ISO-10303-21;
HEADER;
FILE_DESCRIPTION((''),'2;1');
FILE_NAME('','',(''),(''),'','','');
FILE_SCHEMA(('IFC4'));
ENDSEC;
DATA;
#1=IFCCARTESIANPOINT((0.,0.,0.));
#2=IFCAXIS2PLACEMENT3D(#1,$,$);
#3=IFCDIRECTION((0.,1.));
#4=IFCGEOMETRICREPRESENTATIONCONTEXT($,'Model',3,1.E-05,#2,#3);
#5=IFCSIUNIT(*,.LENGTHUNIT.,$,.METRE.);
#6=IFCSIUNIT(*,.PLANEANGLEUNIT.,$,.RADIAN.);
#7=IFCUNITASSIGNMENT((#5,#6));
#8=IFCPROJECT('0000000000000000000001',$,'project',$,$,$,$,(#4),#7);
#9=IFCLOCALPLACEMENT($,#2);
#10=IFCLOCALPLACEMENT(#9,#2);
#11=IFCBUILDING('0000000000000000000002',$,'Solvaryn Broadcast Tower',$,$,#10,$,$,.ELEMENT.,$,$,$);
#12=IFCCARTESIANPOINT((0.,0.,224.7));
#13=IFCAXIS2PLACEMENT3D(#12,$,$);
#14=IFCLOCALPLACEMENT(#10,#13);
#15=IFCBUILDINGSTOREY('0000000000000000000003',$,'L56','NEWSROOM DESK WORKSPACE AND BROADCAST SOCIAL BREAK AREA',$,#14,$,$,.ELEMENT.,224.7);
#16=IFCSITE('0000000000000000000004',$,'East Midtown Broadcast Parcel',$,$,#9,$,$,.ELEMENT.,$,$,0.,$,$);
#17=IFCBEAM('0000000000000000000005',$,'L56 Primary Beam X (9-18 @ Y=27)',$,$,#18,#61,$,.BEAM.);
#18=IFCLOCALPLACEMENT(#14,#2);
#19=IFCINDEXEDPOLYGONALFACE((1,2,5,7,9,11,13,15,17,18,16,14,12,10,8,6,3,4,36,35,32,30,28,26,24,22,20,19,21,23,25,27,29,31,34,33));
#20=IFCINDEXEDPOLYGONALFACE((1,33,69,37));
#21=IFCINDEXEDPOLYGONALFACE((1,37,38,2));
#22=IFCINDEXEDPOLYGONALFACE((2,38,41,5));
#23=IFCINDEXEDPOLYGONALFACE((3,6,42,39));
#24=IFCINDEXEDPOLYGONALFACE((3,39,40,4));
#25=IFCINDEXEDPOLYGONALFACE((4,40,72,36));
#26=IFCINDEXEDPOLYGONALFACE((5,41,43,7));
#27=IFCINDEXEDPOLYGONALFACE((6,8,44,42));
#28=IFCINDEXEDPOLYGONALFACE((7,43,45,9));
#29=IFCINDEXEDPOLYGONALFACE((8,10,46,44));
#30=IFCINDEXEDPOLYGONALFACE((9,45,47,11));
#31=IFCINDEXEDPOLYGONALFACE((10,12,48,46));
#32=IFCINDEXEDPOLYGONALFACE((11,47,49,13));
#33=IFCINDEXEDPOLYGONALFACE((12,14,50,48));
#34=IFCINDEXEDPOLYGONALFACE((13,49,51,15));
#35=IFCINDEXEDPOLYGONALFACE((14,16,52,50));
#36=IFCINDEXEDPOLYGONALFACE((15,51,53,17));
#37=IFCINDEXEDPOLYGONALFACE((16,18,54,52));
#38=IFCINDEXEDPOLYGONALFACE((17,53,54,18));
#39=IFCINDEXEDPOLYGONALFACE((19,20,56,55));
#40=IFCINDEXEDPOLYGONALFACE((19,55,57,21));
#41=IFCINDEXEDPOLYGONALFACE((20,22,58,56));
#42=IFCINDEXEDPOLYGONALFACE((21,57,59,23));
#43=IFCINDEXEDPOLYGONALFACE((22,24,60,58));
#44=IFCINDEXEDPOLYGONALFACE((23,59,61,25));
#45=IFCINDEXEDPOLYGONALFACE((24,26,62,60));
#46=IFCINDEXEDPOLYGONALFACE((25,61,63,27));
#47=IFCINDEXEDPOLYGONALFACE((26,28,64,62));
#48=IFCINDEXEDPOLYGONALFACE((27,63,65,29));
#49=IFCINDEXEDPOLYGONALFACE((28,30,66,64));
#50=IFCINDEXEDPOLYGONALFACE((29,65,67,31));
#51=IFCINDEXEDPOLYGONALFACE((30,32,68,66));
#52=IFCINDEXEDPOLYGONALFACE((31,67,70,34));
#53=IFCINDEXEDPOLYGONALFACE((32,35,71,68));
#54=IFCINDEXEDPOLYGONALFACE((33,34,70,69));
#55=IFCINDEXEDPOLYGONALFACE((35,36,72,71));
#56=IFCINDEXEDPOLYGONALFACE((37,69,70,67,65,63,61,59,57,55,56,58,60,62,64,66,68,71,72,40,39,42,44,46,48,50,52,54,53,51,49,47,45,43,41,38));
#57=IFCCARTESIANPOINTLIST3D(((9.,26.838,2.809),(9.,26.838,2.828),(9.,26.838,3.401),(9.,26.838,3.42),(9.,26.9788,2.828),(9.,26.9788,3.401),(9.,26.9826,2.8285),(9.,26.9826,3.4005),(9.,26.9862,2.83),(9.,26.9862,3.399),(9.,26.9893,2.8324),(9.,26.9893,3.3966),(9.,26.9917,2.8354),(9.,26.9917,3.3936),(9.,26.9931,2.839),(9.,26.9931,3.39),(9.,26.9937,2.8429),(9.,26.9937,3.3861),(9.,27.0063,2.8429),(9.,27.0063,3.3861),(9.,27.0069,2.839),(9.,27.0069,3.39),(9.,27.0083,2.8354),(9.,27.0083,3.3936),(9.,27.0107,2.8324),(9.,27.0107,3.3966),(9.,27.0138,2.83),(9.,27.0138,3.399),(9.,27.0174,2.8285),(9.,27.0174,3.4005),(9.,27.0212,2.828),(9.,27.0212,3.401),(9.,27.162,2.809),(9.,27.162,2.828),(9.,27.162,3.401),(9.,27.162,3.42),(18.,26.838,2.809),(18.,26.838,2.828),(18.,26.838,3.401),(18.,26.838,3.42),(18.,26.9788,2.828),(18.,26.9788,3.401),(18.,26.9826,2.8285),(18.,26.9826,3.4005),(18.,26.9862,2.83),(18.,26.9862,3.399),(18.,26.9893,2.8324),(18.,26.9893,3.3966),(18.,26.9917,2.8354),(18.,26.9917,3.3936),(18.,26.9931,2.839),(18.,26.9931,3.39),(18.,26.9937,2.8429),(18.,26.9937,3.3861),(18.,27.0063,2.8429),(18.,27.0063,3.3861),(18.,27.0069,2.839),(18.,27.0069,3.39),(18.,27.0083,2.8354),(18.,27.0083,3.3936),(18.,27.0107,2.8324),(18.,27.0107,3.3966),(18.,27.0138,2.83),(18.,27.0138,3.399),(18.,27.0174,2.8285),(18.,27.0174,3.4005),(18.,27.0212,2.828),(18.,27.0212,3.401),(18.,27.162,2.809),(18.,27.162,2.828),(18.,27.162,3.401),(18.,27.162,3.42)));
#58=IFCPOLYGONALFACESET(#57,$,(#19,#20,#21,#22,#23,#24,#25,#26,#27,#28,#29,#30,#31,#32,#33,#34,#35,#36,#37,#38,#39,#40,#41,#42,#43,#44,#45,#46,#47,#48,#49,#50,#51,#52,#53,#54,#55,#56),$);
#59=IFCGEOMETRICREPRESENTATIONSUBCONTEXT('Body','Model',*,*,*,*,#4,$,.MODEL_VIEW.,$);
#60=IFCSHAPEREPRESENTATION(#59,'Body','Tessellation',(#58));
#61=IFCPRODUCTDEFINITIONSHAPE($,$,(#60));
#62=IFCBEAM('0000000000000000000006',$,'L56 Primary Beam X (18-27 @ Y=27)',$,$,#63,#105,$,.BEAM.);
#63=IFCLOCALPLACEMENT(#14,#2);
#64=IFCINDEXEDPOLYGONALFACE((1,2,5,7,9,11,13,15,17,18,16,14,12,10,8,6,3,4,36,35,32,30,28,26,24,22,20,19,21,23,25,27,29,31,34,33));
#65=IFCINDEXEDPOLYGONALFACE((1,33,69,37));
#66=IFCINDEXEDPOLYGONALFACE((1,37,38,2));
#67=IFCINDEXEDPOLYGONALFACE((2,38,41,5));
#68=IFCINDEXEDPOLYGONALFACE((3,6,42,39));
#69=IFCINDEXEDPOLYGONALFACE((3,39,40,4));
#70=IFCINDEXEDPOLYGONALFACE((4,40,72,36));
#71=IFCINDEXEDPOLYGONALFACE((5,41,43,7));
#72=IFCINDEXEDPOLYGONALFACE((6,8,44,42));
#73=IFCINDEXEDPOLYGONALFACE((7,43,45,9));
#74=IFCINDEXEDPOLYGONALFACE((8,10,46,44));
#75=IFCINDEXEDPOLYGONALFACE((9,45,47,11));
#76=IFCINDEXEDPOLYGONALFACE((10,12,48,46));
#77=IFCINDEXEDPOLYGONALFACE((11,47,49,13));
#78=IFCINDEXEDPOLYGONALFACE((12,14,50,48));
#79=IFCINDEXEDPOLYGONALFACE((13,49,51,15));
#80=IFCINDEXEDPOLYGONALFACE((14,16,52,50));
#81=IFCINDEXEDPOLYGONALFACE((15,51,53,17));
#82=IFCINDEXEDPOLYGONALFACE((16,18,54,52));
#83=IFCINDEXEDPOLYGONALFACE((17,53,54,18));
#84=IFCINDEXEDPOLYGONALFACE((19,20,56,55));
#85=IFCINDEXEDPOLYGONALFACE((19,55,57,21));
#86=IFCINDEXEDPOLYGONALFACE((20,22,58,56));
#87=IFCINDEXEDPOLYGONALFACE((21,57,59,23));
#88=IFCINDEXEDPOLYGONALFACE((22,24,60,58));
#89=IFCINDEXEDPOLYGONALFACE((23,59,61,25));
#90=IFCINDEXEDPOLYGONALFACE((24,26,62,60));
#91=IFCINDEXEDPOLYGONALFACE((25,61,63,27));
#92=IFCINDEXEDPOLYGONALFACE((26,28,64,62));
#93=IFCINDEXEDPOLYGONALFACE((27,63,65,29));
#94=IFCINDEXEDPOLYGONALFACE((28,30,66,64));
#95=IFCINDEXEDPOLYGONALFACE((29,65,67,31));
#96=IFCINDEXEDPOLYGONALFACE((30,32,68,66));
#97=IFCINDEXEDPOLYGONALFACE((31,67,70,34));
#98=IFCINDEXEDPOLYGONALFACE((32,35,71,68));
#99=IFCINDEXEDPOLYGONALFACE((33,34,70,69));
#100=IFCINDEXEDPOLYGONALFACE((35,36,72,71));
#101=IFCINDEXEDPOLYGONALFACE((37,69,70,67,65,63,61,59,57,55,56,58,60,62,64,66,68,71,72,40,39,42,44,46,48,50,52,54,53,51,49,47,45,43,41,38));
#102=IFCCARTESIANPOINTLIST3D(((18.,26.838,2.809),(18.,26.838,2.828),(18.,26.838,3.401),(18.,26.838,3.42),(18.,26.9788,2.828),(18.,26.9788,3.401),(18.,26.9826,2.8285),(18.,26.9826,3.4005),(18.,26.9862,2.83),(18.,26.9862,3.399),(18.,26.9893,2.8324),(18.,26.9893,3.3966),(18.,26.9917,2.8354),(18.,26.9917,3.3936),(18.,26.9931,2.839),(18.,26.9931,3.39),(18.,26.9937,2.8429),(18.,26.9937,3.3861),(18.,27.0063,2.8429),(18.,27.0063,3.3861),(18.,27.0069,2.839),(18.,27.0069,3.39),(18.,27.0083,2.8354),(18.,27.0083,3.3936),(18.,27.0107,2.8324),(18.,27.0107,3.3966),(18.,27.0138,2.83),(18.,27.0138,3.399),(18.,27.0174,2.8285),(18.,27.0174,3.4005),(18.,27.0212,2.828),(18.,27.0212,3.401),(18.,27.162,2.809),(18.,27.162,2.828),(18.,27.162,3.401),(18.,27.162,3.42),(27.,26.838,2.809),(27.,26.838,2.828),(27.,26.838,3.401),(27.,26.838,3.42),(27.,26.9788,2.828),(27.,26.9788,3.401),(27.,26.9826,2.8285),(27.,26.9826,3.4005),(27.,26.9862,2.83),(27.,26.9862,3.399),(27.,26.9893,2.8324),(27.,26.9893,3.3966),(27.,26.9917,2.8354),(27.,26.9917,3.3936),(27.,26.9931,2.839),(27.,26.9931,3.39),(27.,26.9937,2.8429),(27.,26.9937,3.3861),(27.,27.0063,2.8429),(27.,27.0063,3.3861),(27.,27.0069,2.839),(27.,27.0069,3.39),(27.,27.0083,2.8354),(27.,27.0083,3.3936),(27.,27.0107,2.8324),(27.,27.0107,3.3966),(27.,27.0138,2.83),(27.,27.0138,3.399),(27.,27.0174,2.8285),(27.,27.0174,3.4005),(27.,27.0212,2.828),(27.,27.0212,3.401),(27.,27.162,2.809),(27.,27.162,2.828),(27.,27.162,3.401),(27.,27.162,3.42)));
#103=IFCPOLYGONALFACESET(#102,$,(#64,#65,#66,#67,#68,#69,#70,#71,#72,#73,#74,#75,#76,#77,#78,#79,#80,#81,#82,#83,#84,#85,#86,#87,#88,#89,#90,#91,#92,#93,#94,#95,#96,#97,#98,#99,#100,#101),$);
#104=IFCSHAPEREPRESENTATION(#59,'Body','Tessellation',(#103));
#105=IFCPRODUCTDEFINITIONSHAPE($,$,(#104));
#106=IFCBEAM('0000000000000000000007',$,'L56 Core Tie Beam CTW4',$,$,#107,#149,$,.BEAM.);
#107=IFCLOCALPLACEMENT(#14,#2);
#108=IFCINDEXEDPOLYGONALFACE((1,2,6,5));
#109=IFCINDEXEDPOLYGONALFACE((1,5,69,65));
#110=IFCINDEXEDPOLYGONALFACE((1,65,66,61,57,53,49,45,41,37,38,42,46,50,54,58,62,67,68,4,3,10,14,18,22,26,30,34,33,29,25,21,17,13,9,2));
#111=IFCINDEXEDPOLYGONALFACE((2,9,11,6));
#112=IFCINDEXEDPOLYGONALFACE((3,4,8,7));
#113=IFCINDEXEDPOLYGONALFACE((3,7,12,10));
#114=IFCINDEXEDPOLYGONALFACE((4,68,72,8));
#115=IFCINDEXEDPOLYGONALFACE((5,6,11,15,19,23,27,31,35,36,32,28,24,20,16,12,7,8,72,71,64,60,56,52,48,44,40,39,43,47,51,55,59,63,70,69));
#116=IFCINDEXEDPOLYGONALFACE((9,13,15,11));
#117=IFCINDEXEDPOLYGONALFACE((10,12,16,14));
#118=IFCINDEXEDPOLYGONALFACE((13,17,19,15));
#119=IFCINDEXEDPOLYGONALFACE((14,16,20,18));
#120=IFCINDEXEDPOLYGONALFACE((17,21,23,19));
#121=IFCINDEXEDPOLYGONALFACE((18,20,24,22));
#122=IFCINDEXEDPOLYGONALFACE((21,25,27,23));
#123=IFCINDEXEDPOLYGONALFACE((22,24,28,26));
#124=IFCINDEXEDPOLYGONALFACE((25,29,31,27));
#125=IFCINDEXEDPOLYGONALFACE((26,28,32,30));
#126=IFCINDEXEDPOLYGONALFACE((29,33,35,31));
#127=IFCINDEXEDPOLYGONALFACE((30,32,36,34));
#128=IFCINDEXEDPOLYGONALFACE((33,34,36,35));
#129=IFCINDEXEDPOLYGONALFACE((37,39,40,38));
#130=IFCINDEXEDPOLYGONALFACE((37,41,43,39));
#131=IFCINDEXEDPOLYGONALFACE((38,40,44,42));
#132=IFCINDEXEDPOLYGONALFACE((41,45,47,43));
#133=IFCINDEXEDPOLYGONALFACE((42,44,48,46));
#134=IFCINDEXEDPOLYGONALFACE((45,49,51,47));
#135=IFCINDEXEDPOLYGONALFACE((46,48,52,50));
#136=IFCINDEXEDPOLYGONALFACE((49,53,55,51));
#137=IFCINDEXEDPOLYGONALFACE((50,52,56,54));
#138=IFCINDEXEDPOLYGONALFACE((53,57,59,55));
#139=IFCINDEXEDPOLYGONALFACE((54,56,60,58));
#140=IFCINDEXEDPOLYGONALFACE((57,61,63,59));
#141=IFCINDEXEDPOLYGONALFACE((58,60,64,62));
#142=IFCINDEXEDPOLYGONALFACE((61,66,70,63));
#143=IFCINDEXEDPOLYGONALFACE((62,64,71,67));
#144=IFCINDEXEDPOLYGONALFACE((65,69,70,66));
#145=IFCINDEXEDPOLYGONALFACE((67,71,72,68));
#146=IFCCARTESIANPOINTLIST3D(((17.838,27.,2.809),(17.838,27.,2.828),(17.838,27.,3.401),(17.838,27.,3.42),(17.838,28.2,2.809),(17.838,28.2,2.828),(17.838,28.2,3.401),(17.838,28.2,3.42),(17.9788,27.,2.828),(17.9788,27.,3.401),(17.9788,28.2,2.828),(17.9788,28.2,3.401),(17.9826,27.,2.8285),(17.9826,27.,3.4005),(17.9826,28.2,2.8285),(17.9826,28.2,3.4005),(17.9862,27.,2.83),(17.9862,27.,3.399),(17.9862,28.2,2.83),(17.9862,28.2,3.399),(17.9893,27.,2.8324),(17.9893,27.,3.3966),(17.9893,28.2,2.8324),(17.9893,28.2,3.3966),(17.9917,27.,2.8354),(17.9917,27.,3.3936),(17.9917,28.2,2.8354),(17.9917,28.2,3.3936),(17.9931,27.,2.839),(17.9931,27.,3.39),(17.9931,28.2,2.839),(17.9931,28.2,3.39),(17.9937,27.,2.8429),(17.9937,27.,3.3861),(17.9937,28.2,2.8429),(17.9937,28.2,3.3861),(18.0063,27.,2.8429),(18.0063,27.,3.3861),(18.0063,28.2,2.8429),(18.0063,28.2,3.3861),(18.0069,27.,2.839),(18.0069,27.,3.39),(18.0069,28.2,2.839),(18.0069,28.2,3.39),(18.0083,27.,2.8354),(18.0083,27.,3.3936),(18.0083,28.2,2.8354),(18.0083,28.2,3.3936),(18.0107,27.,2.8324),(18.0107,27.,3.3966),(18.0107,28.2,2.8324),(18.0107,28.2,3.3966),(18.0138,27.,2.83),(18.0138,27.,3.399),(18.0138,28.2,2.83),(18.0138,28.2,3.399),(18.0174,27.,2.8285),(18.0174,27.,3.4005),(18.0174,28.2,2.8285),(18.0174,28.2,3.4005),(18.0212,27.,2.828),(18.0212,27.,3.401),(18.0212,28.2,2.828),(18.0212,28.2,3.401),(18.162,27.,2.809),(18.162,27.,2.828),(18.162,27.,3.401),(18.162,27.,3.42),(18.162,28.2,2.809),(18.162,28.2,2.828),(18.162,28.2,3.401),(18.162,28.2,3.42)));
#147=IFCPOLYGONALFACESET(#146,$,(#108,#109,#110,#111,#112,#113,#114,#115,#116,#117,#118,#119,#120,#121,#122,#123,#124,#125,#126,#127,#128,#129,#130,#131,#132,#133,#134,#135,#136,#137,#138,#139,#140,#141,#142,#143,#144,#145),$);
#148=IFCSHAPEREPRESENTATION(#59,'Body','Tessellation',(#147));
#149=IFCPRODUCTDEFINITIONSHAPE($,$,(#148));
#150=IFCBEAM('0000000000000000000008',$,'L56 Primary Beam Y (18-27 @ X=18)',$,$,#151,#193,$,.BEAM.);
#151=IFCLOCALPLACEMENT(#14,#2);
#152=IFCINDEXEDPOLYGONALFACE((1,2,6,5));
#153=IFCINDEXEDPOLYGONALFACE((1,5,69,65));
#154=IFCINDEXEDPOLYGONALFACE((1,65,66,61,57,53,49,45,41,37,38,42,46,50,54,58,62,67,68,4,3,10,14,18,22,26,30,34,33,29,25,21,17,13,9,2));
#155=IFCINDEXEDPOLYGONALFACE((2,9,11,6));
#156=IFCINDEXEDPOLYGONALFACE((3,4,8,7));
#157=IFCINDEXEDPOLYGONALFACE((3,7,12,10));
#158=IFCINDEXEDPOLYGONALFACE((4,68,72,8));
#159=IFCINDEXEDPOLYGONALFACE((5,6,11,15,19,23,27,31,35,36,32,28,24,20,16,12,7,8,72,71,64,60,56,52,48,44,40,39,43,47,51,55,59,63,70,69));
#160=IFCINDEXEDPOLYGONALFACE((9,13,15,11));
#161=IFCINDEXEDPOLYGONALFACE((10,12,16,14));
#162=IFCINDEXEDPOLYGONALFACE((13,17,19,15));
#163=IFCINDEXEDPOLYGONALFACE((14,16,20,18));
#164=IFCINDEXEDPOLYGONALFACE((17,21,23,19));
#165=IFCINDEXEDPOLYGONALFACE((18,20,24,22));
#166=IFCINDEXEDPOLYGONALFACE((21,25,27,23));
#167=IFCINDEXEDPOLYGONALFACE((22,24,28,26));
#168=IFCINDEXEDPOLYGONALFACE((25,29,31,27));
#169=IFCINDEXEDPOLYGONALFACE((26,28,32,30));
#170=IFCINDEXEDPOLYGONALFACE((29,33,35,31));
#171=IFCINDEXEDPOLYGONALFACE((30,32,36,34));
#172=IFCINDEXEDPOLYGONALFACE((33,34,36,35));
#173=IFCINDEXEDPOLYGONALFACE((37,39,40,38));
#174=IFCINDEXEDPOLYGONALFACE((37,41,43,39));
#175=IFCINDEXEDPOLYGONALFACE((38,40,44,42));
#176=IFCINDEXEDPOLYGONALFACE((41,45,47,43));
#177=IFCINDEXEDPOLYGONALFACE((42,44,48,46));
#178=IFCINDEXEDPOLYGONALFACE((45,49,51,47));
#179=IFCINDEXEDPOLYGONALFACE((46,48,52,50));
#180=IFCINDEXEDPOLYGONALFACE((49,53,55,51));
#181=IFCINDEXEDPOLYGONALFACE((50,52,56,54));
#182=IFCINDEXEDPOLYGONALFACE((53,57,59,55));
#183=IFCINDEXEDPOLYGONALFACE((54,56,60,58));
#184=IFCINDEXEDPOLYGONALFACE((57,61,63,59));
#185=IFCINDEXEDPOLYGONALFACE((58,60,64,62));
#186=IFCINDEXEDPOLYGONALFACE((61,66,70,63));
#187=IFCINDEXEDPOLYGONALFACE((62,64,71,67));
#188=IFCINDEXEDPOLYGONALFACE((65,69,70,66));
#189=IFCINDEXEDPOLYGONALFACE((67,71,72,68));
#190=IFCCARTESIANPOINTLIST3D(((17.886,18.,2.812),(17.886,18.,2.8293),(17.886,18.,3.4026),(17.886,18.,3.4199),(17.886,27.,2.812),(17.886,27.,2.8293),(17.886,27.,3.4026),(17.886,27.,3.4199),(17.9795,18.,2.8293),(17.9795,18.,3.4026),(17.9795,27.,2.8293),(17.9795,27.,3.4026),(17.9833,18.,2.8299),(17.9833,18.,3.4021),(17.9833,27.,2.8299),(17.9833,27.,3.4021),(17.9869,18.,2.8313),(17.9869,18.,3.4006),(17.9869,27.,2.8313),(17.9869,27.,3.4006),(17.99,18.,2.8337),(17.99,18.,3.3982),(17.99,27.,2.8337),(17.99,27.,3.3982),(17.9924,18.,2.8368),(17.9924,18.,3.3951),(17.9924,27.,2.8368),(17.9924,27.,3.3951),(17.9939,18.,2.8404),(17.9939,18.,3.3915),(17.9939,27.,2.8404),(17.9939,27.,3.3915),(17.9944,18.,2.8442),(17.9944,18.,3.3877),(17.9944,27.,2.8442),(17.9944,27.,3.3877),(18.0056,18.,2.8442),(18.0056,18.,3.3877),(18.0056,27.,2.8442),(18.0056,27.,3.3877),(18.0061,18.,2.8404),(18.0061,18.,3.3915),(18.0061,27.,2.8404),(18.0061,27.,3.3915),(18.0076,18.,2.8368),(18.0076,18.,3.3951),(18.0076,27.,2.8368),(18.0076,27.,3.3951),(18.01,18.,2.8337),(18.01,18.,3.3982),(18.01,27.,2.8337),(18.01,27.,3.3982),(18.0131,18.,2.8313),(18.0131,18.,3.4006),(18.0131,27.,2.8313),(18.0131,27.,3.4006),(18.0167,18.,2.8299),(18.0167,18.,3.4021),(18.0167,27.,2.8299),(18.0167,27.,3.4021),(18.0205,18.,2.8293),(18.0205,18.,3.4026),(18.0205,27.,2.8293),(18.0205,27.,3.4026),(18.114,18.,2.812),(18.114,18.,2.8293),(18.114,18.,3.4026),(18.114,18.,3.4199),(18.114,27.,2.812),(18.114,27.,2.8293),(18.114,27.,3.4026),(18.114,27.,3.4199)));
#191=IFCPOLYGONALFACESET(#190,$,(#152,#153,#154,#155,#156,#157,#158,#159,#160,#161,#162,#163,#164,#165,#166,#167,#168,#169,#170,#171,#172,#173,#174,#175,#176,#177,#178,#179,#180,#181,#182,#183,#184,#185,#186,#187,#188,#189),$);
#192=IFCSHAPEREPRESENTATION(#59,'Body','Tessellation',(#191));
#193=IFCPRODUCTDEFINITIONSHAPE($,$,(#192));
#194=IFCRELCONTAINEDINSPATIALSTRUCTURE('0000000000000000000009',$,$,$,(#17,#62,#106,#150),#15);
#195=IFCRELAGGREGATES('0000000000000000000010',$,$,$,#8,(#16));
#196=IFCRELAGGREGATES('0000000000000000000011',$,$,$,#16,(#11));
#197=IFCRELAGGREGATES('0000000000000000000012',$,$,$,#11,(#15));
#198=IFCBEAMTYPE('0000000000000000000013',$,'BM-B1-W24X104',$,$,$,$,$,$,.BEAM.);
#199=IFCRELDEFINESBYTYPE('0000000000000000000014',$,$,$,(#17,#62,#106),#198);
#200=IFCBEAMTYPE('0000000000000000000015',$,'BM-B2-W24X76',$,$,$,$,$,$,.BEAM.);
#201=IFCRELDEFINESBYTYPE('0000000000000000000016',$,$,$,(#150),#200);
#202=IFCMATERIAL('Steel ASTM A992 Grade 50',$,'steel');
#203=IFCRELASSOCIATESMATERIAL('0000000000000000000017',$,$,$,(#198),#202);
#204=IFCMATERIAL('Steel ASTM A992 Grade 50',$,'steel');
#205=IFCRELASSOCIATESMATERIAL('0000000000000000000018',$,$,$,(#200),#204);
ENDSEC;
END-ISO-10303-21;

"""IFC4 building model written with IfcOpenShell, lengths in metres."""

from ifc_helpers import new_model, si_unit, direction, frame, origin, origin_2d, place, context, subcontext, project, spatial, i_section, extrude, material, material_profile, profile_set, type_object, element, save


model = new_model("IFC4")

# Units and contexts
model_context = context("Model", 3, precision=1e-05, world=origin(), true_north=direction((0.0, 1.0)))
body_context = subcontext(model_context, "Body", "Model", "MODEL_VIEW")
ifc_project = project(units=[si_unit("LENGTHUNIT", "METRE"), si_unit("PLANEANGLEUNIT", "RADIAN")], contexts=[model_context])

# Site, building, storey
site_placement = place(None, origin())
site = spatial("IfcSite", under=ifc_project, at=site_placement, Name="East Midtown Broadcast Parcel", CompositionType="ELEMENT", RefElevation=0.0)
building_placement = place(site_placement, origin())
building = spatial("IfcBuilding", under=site, at=building_placement, Name="Solvaryn Broadcast Tower", CompositionType="ELEMENT")
storey_placement = place(building_placement, frame((0.0, 0.0, 224.7)))
storey = spatial("IfcBuildingStorey", under=building, at=storey_placement, Name="L56", Description="NEWSROOM DESK WORKSPACE AND BROADCAST SOCIAL BREAK AREA", CompositionType="ELEMENT", Elevation=224.7)

# Beams
ifc_material_1 = material(Name="Steel ASTM A992 Grade 50", Category="steel")
ifc_material_profile_1 = material_profile(ifc_material_1, i_section(OverallWidth=0.324, OverallDepth=0.6111, WebThickness=0.0127, FlangeThickness=0.019, FilletRadius=0.0149, at=origin_2d()))
ifc_profile_set_1 = profile_set([ifc_material_profile_1], Name="Steel ASTM A992 Grade 50")
beam_type_1 = type_object("IfcBeamType", Name="BM-B1-W24X104", PredefinedType="BEAM", material=ifc_profile_set_1)
for number, where, z_axis, x_axis, name in (
    (1, (9.0, 27.0, 3.1145), (1.0, 0.0, 0.0), (0.0, 1.0, 0.0), "L56 Primary Beam X (9-18 @ Y=27)"),
    (2, (18.0, 27.0, 3.1145), (1.0, 0.0, 0.0), (0.0, 1.0, 0.0), "L56 Primary Beam X (18-27 @ Y=27)"),
):
    element("IfcBeam", number, at=place(storey_placement, frame(where, z_axis=z_axis, x_axis=x_axis)), inside=storey, type_object=beam_type_1, Name=name, PredefinedType="BEAM", context=body_context, shape_type="SweptSolid", body=[
        extrude(i_section(OverallWidth=0.324, OverallDepth=0.6111, WebThickness=0.0127, FlangeThickness=0.019, FilletRadius=0.0149, at=origin_2d()), origin(), (0.0, 0.0, 1.0), 9.0),
    ])
beam_1_placement = place(storey_placement, frame((18.0, 27.0, 3.1145), z_axis=(0.0, 1.0, 0.0), x_axis=(-1.0, 0.0, 0.0)))
element("IfcBeam", 3, at=beam_1_placement, inside=storey, type_object=beam_type_1, Name="L56 Core Tie Beam CTW4", PredefinedType="BEAM", context=body_context, shape_type="SweptSolid", body=[
    extrude(i_section(OverallWidth=0.324, OverallDepth=0.6111, WebThickness=0.0127, FlangeThickness=0.019, FilletRadius=0.0149, at=origin_2d()), origin(), (0.0, 0.0, 1.0), 1.2),
])
ifc_material_2 = material(Name="Steel ASTM A992 Grade 50", Category="steel")
ifc_material_profile_2 = material_profile(ifc_material_2, i_section(OverallWidth=0.228, OverallDepth=0.6079, WebThickness=0.0112, FlangeThickness=0.0173, FilletRadius=0.0149, at=origin_2d()))
ifc_profile_set_2 = profile_set([ifc_material_profile_2], Name="Steel ASTM A992 Grade 50")
beam_type_2 = type_object("IfcBeamType", Name="BM-B2-W24X76", PredefinedType="BEAM", material=ifc_profile_set_2)
beam_2_placement = place(storey_placement, frame((18.0, 18.0, 3.116), z_axis=(0.0, 1.0, 0.0), x_axis=(-1.0, 0.0, 0.0)))
element("IfcBeam", 4, at=beam_2_placement, inside=storey, type_object=beam_type_2, Name="L56 Primary Beam Y (18-27 @ X=18)", PredefinedType="BEAM", context=body_context, shape_type="SweptSolid", body=[
    extrude(i_section(OverallWidth=0.228, OverallDepth=0.6079, WebThickness=0.0112, FlangeThickness=0.0173, FilletRadius=0.0149, at=origin_2d()), origin(), (0.0, 0.0, 1.0), 9.0),
])

save(model, "model.ifc")
